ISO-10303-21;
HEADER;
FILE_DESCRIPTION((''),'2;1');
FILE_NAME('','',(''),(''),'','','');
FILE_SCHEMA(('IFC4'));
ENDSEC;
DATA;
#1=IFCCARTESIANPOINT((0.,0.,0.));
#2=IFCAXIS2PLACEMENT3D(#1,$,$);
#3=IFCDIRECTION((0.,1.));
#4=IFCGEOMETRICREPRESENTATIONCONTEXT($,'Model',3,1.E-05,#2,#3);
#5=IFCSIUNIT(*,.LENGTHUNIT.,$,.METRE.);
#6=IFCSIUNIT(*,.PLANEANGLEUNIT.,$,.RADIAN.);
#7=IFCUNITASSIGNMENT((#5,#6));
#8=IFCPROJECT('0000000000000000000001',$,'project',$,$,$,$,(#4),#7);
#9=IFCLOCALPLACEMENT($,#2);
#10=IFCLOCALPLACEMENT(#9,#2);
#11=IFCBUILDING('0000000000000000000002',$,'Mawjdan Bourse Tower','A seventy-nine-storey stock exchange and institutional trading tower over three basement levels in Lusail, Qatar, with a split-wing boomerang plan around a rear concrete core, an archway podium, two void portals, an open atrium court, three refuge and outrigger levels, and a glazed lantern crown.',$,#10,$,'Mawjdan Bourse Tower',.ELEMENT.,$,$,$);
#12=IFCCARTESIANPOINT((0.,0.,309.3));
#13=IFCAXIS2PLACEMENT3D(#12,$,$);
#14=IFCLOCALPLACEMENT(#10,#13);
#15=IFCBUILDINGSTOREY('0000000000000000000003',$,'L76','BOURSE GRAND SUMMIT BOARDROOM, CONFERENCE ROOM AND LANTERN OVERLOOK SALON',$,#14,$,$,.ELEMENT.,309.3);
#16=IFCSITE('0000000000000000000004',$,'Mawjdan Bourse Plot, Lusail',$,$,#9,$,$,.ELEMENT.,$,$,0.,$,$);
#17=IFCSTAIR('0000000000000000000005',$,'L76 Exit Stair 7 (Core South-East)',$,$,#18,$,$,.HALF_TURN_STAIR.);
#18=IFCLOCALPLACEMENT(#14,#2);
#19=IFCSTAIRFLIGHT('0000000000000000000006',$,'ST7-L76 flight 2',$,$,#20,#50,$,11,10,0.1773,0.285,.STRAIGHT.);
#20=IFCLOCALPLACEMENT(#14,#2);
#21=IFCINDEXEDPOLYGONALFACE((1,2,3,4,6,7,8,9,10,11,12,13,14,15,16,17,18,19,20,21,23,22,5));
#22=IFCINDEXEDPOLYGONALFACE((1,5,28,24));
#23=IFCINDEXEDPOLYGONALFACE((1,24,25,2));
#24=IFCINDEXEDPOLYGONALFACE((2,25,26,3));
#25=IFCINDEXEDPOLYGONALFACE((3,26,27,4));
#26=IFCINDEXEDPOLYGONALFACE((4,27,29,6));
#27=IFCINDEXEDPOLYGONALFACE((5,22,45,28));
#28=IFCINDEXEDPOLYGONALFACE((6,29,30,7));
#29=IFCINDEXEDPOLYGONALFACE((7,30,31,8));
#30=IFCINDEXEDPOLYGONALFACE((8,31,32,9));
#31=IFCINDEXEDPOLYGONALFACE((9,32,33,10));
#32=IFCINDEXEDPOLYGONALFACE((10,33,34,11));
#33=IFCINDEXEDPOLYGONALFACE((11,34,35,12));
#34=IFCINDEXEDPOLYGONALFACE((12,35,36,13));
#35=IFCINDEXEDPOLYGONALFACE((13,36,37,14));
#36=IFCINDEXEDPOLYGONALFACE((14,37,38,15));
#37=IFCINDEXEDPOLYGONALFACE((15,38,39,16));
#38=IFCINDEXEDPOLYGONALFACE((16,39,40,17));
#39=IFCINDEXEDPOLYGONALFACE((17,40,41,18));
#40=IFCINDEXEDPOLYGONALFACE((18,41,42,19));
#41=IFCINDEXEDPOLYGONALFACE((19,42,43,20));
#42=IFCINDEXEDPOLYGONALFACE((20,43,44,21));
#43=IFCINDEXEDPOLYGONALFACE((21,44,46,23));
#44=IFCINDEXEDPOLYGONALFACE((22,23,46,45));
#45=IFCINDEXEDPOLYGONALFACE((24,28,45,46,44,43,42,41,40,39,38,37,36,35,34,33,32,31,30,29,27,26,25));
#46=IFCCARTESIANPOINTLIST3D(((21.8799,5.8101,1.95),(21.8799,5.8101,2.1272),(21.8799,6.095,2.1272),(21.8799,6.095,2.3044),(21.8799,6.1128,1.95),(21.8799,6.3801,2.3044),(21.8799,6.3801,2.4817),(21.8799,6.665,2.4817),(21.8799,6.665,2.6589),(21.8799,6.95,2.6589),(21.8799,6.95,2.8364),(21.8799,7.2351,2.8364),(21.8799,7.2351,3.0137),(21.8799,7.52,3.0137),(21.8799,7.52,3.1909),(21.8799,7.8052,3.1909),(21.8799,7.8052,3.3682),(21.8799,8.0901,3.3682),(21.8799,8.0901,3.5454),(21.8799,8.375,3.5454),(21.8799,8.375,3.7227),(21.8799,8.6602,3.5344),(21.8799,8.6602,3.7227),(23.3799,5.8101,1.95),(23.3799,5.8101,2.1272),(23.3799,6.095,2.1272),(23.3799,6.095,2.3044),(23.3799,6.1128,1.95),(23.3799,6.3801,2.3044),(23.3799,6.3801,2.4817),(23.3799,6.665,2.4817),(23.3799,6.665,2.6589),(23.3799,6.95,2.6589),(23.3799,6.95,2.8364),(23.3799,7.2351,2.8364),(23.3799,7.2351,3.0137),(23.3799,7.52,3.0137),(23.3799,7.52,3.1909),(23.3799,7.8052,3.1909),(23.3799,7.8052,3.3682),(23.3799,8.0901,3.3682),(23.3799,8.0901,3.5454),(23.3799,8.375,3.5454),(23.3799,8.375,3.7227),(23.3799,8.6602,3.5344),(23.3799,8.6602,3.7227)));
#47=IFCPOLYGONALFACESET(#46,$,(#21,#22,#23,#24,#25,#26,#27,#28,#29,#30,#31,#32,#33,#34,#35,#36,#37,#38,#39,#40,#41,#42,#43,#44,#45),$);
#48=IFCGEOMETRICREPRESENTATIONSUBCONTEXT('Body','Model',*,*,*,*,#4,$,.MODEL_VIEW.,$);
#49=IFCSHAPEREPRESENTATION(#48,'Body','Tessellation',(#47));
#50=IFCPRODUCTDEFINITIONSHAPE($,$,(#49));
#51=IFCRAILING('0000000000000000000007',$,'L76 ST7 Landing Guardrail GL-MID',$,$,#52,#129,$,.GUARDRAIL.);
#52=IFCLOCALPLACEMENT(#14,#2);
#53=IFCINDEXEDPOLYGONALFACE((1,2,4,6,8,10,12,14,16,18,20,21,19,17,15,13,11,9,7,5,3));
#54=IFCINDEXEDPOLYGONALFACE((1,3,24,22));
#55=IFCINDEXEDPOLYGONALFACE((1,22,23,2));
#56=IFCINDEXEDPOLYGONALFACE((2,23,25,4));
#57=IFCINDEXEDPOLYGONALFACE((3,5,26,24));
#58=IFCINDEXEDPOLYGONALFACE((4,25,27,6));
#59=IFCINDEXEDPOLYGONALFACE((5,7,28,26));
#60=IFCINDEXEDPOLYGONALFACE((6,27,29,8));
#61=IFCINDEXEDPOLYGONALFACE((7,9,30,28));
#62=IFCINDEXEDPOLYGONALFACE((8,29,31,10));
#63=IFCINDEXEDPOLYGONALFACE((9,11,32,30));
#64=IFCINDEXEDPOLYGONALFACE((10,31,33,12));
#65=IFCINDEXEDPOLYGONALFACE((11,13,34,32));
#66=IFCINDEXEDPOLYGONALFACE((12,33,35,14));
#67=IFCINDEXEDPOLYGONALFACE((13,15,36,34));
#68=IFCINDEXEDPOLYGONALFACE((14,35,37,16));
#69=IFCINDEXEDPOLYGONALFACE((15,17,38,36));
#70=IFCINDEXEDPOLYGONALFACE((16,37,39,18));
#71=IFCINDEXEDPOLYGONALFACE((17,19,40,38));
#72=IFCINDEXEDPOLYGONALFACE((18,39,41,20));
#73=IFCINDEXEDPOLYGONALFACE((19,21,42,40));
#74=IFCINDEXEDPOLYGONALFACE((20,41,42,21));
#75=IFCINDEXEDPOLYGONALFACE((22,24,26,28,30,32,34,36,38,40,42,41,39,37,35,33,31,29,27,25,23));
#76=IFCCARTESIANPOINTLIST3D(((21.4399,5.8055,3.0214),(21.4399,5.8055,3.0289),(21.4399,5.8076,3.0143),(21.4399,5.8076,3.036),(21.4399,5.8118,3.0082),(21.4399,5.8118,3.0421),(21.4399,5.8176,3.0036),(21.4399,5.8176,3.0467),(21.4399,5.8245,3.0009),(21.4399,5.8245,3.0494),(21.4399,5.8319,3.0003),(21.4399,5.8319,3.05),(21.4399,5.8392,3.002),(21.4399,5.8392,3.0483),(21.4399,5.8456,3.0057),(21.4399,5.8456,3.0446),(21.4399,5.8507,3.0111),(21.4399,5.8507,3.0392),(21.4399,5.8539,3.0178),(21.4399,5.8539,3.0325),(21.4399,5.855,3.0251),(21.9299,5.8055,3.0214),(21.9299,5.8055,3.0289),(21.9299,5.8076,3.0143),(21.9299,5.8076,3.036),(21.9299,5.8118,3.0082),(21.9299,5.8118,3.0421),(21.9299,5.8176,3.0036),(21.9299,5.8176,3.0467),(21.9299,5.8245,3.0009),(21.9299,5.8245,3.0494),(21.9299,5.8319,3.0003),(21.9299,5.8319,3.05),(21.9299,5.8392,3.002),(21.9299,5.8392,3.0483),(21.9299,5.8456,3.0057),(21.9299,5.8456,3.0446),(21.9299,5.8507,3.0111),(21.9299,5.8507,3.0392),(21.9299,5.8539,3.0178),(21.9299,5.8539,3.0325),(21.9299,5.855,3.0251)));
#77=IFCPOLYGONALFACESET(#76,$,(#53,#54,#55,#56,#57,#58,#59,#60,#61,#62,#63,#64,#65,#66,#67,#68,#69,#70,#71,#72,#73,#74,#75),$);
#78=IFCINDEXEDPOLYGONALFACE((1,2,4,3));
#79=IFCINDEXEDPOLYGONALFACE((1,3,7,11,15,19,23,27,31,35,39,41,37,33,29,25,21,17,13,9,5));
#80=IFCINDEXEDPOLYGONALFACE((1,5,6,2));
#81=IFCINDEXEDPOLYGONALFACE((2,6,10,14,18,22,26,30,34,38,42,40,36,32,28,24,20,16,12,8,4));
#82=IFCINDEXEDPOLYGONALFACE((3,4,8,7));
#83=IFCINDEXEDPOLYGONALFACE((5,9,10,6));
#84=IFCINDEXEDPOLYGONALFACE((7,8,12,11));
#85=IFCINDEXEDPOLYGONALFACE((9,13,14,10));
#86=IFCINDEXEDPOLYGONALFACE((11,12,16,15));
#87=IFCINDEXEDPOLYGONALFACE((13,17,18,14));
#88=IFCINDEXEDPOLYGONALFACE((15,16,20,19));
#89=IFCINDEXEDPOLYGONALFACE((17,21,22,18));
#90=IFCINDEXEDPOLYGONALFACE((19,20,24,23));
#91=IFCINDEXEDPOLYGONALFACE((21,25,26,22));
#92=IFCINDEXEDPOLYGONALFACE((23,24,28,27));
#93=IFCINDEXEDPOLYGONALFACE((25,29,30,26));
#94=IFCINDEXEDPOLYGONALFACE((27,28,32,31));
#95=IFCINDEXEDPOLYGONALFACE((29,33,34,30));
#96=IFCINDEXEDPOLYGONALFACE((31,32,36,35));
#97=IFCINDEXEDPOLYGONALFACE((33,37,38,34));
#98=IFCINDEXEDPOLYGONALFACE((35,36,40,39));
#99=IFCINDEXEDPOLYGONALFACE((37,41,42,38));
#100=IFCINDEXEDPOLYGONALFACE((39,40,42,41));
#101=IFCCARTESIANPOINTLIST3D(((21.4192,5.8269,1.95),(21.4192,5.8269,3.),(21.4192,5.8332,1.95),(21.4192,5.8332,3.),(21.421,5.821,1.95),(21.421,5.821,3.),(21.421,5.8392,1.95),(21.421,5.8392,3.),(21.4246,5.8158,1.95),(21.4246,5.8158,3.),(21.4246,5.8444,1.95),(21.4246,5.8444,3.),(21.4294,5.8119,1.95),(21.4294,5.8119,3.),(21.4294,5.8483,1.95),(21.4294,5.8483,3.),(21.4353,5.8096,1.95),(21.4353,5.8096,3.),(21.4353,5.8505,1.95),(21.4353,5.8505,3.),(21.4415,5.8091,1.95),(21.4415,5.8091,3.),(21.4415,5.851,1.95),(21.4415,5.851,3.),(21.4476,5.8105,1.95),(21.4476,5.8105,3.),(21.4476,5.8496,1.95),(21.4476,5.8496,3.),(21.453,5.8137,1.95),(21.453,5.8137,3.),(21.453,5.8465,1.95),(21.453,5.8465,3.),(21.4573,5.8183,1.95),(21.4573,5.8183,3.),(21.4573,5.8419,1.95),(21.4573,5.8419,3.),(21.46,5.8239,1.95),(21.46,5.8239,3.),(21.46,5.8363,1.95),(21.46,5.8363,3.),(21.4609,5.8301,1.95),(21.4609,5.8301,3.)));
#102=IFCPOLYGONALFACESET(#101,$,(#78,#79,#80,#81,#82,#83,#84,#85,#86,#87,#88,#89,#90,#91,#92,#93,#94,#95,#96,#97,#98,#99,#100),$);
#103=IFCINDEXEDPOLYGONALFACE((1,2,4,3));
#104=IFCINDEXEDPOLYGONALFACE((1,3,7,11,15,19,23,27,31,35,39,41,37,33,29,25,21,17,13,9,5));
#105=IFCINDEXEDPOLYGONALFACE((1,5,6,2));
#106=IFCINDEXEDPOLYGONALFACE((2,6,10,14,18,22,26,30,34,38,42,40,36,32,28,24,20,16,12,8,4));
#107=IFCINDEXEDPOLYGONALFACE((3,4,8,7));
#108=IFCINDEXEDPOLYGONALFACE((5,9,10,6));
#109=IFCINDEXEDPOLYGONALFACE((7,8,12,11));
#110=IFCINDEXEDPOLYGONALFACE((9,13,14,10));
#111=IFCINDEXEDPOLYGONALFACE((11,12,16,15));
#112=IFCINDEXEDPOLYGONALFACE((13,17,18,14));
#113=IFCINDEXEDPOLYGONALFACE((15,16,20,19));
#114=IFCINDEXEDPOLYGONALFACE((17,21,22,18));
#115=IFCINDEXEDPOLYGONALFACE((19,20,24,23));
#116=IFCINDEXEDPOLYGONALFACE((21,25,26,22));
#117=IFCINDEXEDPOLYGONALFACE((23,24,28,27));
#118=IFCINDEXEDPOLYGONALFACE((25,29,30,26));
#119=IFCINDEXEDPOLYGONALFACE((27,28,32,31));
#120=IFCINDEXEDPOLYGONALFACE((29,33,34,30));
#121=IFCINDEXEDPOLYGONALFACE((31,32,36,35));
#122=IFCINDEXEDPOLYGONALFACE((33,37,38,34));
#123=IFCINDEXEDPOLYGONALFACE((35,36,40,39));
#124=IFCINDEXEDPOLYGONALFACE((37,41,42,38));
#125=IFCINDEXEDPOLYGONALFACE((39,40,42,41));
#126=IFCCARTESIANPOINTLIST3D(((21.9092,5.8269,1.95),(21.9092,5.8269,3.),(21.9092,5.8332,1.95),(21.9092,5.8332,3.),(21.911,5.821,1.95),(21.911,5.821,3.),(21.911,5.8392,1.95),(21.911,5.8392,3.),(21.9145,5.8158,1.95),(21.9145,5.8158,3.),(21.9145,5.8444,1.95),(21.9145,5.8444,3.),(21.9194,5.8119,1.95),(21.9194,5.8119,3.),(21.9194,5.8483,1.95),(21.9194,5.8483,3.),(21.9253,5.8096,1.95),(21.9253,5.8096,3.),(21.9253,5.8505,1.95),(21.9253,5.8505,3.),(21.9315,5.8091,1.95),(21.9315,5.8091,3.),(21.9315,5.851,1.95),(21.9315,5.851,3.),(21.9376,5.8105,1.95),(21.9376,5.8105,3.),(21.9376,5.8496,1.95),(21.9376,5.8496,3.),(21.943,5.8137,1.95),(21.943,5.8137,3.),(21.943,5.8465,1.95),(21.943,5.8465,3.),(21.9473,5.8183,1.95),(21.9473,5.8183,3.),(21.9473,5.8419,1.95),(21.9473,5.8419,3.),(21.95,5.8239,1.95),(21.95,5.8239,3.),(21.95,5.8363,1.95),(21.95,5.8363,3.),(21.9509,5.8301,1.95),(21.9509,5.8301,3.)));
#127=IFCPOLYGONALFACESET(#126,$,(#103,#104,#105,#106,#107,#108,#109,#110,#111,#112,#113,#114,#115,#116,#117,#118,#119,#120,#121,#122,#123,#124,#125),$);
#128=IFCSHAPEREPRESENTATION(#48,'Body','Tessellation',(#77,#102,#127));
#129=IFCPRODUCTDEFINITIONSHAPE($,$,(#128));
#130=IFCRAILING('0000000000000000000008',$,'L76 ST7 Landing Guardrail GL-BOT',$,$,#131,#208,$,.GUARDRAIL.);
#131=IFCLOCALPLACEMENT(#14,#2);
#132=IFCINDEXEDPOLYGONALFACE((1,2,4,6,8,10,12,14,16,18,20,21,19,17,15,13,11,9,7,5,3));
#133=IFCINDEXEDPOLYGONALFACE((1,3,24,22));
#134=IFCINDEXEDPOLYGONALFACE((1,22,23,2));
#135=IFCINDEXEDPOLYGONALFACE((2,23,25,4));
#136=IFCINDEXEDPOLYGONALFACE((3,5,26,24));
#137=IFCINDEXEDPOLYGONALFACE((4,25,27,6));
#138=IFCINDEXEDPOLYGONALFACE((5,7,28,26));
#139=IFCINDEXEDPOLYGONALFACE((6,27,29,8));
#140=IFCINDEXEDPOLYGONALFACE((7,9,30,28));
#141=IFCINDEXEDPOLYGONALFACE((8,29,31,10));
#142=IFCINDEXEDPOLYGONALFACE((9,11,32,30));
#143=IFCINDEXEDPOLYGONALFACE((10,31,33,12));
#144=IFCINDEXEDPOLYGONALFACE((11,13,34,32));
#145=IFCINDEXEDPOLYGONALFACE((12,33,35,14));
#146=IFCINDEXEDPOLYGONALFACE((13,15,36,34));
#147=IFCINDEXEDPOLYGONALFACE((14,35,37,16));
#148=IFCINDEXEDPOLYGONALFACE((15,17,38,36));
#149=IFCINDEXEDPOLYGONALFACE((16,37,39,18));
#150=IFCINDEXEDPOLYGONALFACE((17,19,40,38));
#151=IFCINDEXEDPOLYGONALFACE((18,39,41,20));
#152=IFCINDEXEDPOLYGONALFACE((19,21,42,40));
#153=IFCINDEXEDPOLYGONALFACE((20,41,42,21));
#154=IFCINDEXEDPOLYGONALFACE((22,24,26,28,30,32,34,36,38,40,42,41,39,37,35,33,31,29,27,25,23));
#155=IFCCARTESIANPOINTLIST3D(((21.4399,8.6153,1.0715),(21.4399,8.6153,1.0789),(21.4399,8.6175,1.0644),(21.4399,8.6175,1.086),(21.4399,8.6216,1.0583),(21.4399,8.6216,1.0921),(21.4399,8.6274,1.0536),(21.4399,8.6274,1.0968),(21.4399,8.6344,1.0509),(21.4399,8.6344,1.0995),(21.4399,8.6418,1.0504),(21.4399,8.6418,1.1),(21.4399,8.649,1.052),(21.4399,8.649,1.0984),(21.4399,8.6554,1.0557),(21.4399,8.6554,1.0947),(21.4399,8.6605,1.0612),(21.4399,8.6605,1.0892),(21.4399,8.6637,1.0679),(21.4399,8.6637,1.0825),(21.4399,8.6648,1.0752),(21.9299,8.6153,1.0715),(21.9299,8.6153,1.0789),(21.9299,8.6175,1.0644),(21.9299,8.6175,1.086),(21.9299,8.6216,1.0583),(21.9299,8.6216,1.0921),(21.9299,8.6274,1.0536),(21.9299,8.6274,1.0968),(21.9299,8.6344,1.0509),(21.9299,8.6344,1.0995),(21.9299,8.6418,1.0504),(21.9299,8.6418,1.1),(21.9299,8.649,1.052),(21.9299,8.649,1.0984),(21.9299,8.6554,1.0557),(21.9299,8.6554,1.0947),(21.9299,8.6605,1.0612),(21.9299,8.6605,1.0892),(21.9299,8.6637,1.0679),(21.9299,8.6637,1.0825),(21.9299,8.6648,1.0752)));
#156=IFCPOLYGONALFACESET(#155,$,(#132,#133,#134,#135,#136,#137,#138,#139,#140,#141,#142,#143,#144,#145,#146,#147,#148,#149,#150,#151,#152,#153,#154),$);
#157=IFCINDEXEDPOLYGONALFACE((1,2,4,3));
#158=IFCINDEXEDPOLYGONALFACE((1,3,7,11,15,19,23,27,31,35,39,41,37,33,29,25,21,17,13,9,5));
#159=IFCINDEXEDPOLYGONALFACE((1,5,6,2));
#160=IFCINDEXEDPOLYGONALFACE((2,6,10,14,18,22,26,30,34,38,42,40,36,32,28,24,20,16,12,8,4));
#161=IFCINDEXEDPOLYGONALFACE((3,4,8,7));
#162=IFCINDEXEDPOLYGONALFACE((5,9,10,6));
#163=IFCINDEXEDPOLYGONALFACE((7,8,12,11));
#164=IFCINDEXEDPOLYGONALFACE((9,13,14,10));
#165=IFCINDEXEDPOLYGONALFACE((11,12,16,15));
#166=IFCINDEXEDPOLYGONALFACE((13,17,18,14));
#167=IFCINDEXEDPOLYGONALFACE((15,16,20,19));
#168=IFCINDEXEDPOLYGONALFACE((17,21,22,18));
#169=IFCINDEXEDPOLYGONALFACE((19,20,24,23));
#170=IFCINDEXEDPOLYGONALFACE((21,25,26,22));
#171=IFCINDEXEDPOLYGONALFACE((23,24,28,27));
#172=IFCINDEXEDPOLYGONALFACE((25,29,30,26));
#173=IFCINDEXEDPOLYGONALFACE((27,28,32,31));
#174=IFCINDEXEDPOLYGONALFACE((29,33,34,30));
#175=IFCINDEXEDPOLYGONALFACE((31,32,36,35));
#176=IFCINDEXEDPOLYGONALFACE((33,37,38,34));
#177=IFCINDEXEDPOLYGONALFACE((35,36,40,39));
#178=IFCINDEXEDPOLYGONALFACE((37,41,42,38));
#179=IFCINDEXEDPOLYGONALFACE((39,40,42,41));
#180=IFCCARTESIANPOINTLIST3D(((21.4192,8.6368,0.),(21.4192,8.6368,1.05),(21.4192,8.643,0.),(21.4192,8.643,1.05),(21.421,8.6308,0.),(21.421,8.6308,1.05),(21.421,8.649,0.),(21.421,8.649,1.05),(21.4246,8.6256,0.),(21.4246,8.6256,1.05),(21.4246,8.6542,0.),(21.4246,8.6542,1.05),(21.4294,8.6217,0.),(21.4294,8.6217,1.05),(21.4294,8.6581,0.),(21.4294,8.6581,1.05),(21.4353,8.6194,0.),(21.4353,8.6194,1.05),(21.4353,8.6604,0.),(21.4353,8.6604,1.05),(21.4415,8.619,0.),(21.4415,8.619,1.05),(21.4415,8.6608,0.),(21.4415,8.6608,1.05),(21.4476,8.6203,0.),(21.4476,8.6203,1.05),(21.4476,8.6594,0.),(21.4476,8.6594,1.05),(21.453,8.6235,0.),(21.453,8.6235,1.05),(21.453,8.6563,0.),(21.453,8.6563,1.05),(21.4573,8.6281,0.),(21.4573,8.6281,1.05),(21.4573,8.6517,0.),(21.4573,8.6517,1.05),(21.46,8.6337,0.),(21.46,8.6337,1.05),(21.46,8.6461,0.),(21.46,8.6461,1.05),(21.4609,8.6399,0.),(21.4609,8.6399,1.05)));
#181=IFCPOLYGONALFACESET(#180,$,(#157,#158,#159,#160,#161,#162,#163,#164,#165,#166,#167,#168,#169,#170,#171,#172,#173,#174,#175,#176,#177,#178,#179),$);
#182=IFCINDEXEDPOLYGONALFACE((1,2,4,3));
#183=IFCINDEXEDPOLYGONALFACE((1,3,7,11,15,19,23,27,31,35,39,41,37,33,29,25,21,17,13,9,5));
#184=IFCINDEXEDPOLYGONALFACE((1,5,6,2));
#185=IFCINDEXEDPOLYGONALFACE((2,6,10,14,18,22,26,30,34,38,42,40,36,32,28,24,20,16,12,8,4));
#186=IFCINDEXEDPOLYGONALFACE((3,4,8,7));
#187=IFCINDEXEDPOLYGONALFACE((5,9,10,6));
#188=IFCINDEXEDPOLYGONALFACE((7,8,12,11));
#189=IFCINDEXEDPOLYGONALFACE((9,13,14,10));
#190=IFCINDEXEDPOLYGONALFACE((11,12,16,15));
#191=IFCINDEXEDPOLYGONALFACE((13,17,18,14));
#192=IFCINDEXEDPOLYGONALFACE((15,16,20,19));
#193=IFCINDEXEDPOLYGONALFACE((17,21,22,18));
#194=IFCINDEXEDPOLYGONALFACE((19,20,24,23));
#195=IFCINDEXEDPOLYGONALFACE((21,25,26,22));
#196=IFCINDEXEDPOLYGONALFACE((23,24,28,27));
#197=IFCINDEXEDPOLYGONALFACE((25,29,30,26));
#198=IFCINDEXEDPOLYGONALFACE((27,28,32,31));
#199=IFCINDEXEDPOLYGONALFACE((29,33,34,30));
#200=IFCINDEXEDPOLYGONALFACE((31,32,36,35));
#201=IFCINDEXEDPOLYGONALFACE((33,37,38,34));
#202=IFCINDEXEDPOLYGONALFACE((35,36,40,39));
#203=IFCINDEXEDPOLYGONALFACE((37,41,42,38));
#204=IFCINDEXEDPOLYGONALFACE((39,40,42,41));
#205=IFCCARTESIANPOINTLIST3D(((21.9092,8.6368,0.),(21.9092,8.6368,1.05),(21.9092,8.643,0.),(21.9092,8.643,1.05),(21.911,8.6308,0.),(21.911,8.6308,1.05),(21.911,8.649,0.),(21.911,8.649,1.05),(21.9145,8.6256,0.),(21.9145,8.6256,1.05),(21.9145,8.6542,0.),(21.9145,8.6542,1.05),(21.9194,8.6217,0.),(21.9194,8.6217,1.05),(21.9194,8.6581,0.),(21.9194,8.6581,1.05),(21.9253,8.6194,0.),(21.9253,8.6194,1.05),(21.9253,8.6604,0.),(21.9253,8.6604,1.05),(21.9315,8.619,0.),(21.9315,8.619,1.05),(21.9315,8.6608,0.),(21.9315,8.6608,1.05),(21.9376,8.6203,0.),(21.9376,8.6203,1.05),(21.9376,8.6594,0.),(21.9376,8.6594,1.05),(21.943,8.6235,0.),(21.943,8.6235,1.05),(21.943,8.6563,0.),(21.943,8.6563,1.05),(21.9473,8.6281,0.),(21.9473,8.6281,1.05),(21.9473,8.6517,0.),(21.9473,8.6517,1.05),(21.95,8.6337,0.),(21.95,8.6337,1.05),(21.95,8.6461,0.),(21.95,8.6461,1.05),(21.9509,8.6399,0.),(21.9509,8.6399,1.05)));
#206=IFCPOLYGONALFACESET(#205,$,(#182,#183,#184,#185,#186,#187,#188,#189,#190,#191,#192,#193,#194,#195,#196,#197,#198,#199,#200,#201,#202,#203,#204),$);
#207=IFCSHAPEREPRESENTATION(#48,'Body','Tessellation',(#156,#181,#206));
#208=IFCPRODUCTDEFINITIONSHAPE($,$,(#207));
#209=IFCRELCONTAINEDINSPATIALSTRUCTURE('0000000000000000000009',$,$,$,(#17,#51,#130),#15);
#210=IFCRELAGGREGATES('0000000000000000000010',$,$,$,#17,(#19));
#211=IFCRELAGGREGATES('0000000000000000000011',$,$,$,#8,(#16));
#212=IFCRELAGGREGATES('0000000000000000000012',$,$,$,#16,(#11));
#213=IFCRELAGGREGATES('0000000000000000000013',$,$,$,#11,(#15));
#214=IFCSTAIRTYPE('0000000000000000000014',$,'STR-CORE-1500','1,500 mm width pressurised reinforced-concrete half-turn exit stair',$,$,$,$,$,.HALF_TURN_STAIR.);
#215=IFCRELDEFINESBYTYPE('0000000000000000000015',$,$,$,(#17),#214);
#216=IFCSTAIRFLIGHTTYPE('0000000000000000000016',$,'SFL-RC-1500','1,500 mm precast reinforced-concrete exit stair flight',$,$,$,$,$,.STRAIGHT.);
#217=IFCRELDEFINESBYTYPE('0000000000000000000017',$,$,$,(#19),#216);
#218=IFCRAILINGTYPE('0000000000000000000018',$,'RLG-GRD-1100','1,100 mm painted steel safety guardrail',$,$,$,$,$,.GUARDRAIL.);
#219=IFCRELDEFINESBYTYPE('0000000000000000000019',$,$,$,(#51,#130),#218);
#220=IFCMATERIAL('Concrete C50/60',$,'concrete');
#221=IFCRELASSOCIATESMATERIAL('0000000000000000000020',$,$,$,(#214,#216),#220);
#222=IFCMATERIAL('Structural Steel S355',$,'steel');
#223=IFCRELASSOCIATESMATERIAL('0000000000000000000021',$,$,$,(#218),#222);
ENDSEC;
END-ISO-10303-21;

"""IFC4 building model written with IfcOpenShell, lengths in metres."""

from ifc_helpers import new_model, si_unit, direction, frame, origin, origin_2d, place, context, subcontext, project, spatial, polyline, circle, outline, extrude, material, type_object, element, aggregate, save


model = new_model("IFC4")

# Units and contexts
model_context = context("Model", 3, precision=1e-05, world=origin(), true_north=direction((0.0, 1.0)))
body_context = subcontext(model_context, "Body", "Model", "MODEL_VIEW")
ifc_project = project(units=[si_unit("LENGTHUNIT", "METRE"), si_unit("PLANEANGLEUNIT", "RADIAN")], contexts=[model_context])

# Site, building, storey
site_placement = place(None, origin())
site = spatial("IfcSite", under=ifc_project, at=site_placement, Name="Mawjdan Bourse Plot, Lusail", CompositionType="ELEMENT", RefElevation=0.0)
building_placement = place(site_placement, origin())
building = spatial("IfcBuilding", under=site, at=building_placement, Name="Mawjdan Bourse Tower", Description="A seventy-nine-storey stock exchange and institutional trading tower over three basement levels in Lusail, Qatar, with a split-wing boomerang plan around a rear concrete core, an archway podium, two void portals, an open atrium court, three refuge and outrigger levels, and a glazed lantern crown.", LongName="Mawjdan Bourse Tower", CompositionType="ELEMENT")
storey_placement = place(building_placement, frame((0.0, 0.0, 309.3)))
storey = spatial("IfcBuildingStorey", under=building, at=storey_placement, Name="L76", Description="BOURSE GRAND SUMMIT BOARDROOM, CONFERENCE ROOM AND LANTERN OVERLOOK SALON", CompositionType="ELEMENT", Elevation=309.3)

# Shared definitions
ifc_material_1 = material(Name="Structural Steel S355", Category="steel")

# Shared definitions
ifc_material_2 = material(Name="Concrete C50/60", Category="concrete")

# Stair, stair flight
stair_type = type_object("IfcStairType", Name="STR-CORE-1500", Description="1,500 mm width pressurised reinforced-concrete half-turn exit stair", PredefinedType="HALF_TURN_STAIR", material=ifc_material_2)
stair_placement = place(storey_placement, origin())
stair = element("IfcStair", 1, at=stair_placement, inside=storey, type_object=stair_type, Name="L76 Exit Stair 7 (Core South-East)", PredefinedType="HALF_TURN_STAIR")
stair_flight_type = type_object("IfcStairFlightType", Name="SFL-RC-1500", Description="1,500 mm precast reinforced-concrete exit stair flight", PredefinedType="STRAIGHT", material=ifc_material_2)
stair_flight_placement = place(storey_placement, frame((22.6299, 5.8101, 1.95), z_axis=(0.0, 0.0, 1.0), x_axis=(0.0, 1.0, 0.0)))
stair_flight = element("IfcStairFlight", 2, at=stair_flight_placement, type_object=stair_flight_type, Name="ST7-L76 flight 2", NumberOfRisers=11, NumberOfTreads=10, PredefinedType="STRAIGHT", RiserHeight=0.1773, TreadLength=0.285, context=body_context, shape_type="SweptSolid", body=[
    extrude(outline(polyline([(0.0, 0.0), (0.0, 0.1772), (0.2849, 0.1772), (0.2849, 0.3545), (0.5701, 0.3545), (0.5701, 0.5317), (0.855, 0.5317), (0.855, 0.709), (1.1399, 0.709), (1.1399, 0.8865), (1.425, 0.8865), (1.425, 1.0637), (1.71, 1.0637), (1.71, 1.241), (1.9951, 1.241), (1.9951, 1.4182), (2.28, 1.4182), (2.28, 1.5955), (2.5649, 1.5955), (2.5649, 1.7727), (2.8501, 1.7727), (2.8501, 1.95), (2.8501, 1.5845), (0.3027, 0.0), (0.0, 0.0)])), frame((0.0, 0.75, 0.0), z_axis=(0.0, -1.0, 0.0), x_axis=(1.0, 0.0, 0.0)), (0.0, 0.0, 1.0), 1.5),
])
aggregate(stair, [stair_flight])

# Railings
railing_type_1 = type_object("IfcRailingType", Name="RLG-GRD-1100", Description="1,100 mm painted steel safety guardrail", PredefinedType="GUARDRAIL", material=ifc_material_1)
for number, where, name in (
    (3, (21.4399, 5.8301, 1.95), "L76 ST7 Landing Guardrail GL-MID"),
    (4, (21.4399, 8.6399, 0.0), "L76 ST7 Landing Guardrail GL-BOT"),
):
    element("IfcRailing", number, at=place(storey_placement, frame(where)), inside=storey, type_object=railing_type_1, Name=name, PredefinedType="GUARDRAIL", context=body_context, shape_type="SweptSolid", body=[
        extrude(circle(Radius=0.0249, at=origin_2d()), frame((0.0, 0.0, 1.0752), z_axis=(1.0, 0.0, 0.0), x_axis=(0.0, 1.0, 0.0)), (0.0, 0.0, 1.0), 0.49),
        extrude(circle(Radius=0.021, at=origin_2d()), origin(), (0.0, 0.0, 1.0), 1.05),
        extrude(circle(Radius=0.021, at=origin_2d()), frame((0.49, 0.0, 0.0)), (0.0, 0.0, 1.0), 1.05),
    ])

save(model, "model.ifc")
